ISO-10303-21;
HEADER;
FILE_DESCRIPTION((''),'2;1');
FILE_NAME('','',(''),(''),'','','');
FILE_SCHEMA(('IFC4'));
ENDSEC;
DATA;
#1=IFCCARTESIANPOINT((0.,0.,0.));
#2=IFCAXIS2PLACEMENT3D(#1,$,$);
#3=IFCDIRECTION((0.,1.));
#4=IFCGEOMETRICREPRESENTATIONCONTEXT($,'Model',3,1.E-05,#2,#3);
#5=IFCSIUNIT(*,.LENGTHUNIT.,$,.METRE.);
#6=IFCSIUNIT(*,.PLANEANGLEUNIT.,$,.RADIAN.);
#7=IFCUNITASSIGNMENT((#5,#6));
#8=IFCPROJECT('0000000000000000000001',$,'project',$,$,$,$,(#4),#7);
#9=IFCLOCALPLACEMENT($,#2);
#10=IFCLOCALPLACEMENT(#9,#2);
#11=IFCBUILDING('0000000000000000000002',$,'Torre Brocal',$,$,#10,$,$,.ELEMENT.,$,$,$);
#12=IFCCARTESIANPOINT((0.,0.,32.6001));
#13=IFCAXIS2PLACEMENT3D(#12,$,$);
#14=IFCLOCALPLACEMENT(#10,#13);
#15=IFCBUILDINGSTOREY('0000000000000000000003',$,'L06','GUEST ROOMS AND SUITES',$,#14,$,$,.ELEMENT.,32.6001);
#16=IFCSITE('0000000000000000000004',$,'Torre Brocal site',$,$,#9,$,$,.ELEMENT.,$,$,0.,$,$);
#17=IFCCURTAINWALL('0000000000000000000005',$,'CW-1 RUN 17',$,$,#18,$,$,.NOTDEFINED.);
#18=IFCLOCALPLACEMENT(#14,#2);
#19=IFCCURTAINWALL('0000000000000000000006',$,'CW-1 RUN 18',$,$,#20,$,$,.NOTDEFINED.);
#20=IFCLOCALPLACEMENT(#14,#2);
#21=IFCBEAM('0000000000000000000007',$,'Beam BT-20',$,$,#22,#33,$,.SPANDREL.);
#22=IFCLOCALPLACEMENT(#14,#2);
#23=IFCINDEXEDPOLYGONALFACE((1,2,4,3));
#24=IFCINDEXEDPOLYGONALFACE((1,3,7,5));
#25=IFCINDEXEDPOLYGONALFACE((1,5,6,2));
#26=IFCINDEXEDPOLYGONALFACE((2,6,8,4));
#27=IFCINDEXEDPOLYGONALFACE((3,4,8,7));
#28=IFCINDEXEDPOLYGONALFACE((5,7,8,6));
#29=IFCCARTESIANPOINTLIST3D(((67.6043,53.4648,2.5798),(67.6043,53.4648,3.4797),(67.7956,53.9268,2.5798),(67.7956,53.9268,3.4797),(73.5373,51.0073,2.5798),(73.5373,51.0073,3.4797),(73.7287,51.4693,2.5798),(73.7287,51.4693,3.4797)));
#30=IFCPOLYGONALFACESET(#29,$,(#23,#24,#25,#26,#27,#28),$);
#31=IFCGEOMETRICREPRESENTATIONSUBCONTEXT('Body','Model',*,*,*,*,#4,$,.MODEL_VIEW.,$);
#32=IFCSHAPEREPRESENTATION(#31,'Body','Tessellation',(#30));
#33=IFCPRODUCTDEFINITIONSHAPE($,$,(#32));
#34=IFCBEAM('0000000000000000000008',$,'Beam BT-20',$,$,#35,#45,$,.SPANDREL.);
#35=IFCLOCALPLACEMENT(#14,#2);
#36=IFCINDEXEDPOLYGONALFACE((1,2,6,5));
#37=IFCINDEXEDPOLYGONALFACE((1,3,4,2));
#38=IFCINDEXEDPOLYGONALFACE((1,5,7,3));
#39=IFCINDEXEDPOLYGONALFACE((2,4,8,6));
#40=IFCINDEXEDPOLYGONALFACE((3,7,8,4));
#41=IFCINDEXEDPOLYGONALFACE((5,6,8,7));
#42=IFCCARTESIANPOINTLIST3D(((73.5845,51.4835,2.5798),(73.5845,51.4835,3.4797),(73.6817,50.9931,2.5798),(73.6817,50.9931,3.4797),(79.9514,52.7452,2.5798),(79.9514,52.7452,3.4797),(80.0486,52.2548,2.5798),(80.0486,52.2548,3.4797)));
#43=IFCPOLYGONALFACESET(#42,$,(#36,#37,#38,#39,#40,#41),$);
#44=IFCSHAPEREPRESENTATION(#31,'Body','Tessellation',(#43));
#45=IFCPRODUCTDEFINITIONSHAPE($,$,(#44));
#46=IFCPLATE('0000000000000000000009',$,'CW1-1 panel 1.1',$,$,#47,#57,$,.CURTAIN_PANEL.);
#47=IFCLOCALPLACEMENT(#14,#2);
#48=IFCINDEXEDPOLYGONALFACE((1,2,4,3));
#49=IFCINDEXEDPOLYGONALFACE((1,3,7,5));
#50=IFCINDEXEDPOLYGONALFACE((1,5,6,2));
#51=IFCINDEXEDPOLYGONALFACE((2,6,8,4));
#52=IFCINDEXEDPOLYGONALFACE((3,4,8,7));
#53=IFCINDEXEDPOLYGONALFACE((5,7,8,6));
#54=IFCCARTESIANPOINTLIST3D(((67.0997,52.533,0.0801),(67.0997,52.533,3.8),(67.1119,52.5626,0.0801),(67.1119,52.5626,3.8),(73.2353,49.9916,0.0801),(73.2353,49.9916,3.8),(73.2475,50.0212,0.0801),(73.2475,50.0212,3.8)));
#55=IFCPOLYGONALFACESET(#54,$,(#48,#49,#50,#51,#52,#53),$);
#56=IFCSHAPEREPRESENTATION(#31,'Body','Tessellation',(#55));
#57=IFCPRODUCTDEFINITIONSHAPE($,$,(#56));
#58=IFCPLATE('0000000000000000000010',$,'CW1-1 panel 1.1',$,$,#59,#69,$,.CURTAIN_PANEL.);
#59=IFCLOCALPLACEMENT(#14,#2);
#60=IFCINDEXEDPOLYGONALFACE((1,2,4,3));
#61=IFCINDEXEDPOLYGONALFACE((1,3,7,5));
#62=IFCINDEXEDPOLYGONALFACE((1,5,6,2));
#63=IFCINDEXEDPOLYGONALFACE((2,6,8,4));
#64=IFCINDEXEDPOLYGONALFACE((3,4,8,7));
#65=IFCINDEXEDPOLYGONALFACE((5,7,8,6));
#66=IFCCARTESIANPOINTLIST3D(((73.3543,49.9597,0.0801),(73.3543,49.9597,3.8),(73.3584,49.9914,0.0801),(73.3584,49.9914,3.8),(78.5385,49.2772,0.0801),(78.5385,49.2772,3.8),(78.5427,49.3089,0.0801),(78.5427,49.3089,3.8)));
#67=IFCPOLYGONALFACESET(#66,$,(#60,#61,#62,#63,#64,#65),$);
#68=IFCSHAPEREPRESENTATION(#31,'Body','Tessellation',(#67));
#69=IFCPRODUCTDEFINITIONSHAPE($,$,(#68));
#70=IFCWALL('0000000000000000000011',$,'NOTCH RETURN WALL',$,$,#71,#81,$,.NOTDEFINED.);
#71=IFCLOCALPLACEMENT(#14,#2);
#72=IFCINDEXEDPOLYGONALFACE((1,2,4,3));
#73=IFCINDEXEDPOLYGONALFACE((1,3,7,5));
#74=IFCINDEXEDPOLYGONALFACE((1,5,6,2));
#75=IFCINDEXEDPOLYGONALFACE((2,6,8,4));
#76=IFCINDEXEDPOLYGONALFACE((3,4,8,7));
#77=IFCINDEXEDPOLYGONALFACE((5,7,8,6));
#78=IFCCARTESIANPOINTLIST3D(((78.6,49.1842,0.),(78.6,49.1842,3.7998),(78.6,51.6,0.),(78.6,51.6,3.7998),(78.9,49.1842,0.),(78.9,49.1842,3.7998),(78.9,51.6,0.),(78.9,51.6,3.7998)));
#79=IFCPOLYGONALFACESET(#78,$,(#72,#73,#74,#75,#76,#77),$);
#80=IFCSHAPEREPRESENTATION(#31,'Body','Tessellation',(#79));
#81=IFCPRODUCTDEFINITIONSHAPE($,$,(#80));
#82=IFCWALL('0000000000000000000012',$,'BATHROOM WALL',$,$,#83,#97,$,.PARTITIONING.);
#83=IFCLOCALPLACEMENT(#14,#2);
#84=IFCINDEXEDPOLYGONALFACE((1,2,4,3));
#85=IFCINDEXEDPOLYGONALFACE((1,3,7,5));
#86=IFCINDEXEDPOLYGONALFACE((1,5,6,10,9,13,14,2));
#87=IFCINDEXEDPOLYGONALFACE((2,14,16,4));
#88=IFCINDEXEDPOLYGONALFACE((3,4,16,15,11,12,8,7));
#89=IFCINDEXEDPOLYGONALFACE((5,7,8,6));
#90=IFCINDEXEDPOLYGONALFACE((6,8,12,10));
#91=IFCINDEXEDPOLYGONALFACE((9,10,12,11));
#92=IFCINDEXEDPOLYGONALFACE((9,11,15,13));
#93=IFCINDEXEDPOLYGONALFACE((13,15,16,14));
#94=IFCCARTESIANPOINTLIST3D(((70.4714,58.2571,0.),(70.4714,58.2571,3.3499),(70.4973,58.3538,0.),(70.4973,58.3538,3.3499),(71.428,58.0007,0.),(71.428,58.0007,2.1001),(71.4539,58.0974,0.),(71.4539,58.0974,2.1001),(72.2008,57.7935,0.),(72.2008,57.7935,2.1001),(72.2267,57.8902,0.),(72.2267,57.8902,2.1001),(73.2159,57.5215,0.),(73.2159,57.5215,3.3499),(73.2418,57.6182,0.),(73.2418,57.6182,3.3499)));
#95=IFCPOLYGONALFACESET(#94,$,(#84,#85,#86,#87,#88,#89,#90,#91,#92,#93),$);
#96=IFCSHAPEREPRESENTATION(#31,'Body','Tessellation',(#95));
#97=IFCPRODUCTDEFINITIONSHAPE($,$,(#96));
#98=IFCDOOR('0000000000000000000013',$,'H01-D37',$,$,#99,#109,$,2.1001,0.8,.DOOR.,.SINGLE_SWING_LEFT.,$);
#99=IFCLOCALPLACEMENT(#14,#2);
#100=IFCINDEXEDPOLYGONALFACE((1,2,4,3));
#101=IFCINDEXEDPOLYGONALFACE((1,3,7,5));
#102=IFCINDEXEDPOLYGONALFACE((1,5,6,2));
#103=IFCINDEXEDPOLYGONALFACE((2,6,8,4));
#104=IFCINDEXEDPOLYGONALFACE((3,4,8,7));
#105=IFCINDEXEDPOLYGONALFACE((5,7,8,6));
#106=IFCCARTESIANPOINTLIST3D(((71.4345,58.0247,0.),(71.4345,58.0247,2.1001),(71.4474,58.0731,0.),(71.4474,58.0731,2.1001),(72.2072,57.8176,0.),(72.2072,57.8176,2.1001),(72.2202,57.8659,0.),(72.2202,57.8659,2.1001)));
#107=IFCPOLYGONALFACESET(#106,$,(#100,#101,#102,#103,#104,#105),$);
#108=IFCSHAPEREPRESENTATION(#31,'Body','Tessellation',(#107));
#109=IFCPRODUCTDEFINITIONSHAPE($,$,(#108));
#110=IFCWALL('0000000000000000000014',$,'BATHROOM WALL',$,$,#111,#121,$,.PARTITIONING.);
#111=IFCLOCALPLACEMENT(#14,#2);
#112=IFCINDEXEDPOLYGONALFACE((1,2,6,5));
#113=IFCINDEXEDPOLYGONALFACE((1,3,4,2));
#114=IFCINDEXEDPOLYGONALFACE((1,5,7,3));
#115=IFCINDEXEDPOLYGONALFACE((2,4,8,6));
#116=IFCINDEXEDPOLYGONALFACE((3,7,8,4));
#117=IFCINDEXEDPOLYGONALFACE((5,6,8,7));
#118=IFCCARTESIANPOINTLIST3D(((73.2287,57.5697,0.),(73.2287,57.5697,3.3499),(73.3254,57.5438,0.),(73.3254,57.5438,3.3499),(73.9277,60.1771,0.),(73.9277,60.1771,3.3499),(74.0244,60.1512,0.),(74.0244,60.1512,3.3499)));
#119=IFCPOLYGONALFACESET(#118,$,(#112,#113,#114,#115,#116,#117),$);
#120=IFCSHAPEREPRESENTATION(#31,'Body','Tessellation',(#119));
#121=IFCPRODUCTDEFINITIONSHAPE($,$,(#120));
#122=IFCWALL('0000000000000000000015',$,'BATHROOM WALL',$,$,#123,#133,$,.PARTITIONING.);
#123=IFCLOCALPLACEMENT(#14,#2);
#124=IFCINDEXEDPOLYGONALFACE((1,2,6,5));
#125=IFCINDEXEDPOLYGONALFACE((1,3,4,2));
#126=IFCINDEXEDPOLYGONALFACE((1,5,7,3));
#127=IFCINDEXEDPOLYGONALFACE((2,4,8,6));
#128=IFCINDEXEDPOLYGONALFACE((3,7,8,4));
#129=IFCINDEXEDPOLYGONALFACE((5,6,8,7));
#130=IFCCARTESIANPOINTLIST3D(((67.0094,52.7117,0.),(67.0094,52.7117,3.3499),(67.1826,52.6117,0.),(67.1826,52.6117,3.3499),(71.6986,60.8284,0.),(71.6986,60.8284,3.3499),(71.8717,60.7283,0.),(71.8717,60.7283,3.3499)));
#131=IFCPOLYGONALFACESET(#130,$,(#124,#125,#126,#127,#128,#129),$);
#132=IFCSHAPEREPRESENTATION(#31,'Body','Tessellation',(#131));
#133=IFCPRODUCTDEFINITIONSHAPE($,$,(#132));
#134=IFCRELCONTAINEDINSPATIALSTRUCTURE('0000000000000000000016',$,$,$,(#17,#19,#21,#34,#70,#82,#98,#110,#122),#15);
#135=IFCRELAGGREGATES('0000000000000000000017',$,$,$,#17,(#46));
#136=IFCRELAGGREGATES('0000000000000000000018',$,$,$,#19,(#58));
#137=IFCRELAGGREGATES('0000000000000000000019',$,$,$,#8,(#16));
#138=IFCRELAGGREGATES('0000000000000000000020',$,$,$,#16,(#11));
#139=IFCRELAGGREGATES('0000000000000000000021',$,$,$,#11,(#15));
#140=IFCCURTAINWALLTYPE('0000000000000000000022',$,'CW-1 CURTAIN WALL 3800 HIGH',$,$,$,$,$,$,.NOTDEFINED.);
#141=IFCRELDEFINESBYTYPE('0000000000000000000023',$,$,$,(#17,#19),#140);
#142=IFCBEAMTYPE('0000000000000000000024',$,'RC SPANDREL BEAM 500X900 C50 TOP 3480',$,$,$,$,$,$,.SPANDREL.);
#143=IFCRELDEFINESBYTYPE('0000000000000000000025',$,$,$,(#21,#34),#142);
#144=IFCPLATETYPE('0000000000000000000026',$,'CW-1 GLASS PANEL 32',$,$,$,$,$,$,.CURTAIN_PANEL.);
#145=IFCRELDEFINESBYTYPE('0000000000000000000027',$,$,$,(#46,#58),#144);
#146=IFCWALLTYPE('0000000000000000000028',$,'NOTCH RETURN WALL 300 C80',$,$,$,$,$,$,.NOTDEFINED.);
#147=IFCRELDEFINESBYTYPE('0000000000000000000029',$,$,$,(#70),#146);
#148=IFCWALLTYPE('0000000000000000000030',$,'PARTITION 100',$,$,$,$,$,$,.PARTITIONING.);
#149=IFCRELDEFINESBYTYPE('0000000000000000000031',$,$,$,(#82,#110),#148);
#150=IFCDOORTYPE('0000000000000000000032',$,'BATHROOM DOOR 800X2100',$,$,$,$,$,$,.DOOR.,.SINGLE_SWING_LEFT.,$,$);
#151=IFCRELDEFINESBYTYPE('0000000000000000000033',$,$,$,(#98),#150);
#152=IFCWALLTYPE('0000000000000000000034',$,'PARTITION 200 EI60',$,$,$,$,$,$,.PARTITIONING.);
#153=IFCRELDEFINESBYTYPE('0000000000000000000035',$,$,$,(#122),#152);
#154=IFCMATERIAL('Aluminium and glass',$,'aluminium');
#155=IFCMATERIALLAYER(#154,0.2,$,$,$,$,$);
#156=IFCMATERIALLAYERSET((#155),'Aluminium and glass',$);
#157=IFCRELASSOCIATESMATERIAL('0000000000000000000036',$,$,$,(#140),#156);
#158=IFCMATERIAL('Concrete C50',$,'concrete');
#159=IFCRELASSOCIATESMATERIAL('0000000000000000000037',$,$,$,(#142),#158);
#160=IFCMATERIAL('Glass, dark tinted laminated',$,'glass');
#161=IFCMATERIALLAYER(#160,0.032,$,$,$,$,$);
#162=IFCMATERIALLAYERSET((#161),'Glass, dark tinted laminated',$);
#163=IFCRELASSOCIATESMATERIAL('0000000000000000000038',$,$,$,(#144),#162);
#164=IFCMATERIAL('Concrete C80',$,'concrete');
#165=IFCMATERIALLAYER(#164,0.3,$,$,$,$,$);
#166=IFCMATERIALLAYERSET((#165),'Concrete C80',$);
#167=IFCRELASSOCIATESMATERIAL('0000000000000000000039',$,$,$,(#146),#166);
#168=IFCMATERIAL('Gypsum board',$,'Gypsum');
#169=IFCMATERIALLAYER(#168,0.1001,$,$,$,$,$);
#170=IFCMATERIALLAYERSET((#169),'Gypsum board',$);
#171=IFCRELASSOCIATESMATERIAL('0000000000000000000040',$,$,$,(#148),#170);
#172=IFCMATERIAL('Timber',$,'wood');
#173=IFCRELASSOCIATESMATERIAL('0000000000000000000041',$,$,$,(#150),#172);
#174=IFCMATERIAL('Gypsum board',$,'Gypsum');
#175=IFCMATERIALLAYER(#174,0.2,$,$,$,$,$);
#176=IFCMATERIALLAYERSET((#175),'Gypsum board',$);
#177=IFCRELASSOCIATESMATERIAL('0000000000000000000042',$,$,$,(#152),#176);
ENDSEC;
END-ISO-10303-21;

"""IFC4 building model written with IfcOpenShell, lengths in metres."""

from ifc_helpers import new_model, si_unit, direction, frame, frame_2d, origin, origin_2d, place, context, subcontext, project, spatial, rectangle, extrude, material, layer, layer_set, material_profile, profile_set, type_object, element, fill, aggregate, save


model = new_model("IFC4")

# Units and contexts
model_context = context("Model", 3, precision=1e-05, world=origin(), true_north=direction((0.0, 1.0)))
body_context = subcontext(model_context, "Body", "Model", "MODEL_VIEW")
ifc_project = project(units=[si_unit("LENGTHUNIT", "METRE"), si_unit("PLANEANGLEUNIT", "RADIAN")], contexts=[model_context])

# Site, building, storey
site_placement = place(None, origin())
site = spatial("IfcSite", under=ifc_project, at=site_placement, Name="Torre Brocal site", CompositionType="ELEMENT", RefElevation=0.0)
building_placement = place(site_placement, origin())
building = spatial("IfcBuilding", under=site, at=building_placement, Name="Torre Brocal", CompositionType="ELEMENT")
storey_placement = place(building_placement, frame((0.0, 0.0, 32.6001)))
storey = spatial("IfcBuildingStorey", under=building, at=storey_placement, Name="L06", Description="GUEST ROOMS AND SUITES", CompositionType="ELEMENT", Elevation=32.6001)

# Shared definitions
ifc_material_1 = material(Name="Aluminium and glass", Category="aluminium")
ifc_layer_1 = layer(ifc_material_1, 0.2)
ifc_layer_set_1 = layer_set([ifc_layer_1], Name="Aluminium and glass")
curtain_wall_type = type_object("IfcCurtainWallType", Name="CW-1 CURTAIN WALL 3800 HIGH", PredefinedType="NOTDEFINED", material=ifc_layer_set_1)

# Curtain walls
curtain_wall_1_placement = place(storey_placement, origin())
curtain_wall_1 = element("IfcCurtainWall", 1, at=curtain_wall_1_placement, inside=storey, type_object=curtain_wall_type, Name="CW-1 RUN 17", PredefinedType="NOTDEFINED")
curtain_wall_2_placement = place(storey_placement, origin())
curtain_wall_2 = element("IfcCurtainWall", 2, at=curtain_wall_2_placement, inside=storey, type_object=curtain_wall_type, Name="CW-1 RUN 18", PredefinedType="NOTDEFINED")

# Beams
ifc_material_2 = material(Name="Concrete C50", Category="concrete")
ifc_material_profile_1 = material_profile(ifc_material_2, rectangle(XDim=0.5, YDim=0.8999, at=origin_2d()), Name="RC 500X900")
ifc_profile_set_1 = profile_set([ifc_material_profile_1], Name="Concrete C50")
beam_type_1 = type_object("IfcBeamType", Name="RC SPANDREL BEAM 500X900 C50 TOP 3480", PredefinedType="SPANDREL", material=ifc_profile_set_1)
beam_1_placement = place(storey_placement, frame((67.7, 53.6958, 3.0298), z_axis=(0.923882, -0.382676, 0.0), x_axis=(0.382676, 0.923882, 0.0)))
element("IfcBeam", 3, at=beam_1_placement, inside=storey, type_object=beam_type_1, Name="Beam BT-20", PredefinedType="SPANDREL", context=body_context, shape_type="SweptSolid", body=[
    extrude(rectangle(XDim=0.5, YDim=0.8999, at=origin_2d()), origin(), (0.0, 0.0, 1.0), 6.4219),
])
beam_2_placement = place(storey_placement, frame((73.6331, 51.2383, 3.0298), z_axis=(0.980925, 0.194387, 0.0), x_axis=(-0.194387, 0.980925, 0.0)))
element("IfcBeam", 4, at=beam_2_placement, inside=storey, type_object=beam_type_1, Name="Beam BT-20", PredefinedType="SPANDREL", context=body_context, shape_type="SweptSolid", body=[
    extrude(rectangle(XDim=0.5, YDim=0.8999, at=origin_2d()), origin(), (0.0, 0.0, 1.0), 6.4907),
])

# Plates
ifc_material_3 = material(Name="Glass, dark tinted laminated", Category="glass")
ifc_layer_2 = layer(ifc_material_3, 0.032)
ifc_layer_set_2 = layer_set([ifc_layer_2], Name="Glass, dark tinted laminated")
plate_type = type_object("IfcPlateType", Name="CW-1 GLASS PANEL 32", PredefinedType="CURTAIN_PANEL", material=ifc_layer_set_2)
plate_1_placement = place(storey_placement, frame((70.1736, 51.2771, 0.0801), z_axis=(0.0, 0.0, 1.0), x_axis=(0.92388, -0.382683, 0.0)))
plate_1 = element("IfcPlate", 5, at=plate_1_placement, type_object=plate_type, Name="CW1-1 panel 1.1", PredefinedType="CURTAIN_PANEL", context=body_context, shape_type="SweptSolid", body=[
    extrude(rectangle(XDim=6.6411, YDim=0.032, at=origin_2d()), origin(), (0.0, 0.0, 1.0), 3.72),
])
aggregate(curtain_wall_1, [plate_1])
plate_2_placement = place(storey_placement, frame((75.9485, 49.6343, 0.0801), z_axis=(0.0, 0.0, 1.0), x_axis=(0.991445, -0.130526, 0.0)))
plate_2 = element("IfcPlate", 6, at=plate_2_placement, type_object=plate_type, Name="CW1-1 panel 1.1", PredefinedType="CURTAIN_PANEL", context=body_context, shape_type="SweptSolid", body=[
    extrude(rectangle(XDim=5.229, YDim=0.032, at=origin_2d()), origin(), (0.0, 0.0, 1.0), 3.72),
])
aggregate(curtain_wall_2, [plate_2])

# Wall
ifc_material_4 = material(Name="Concrete C80", Category="concrete")
ifc_layer_3 = layer(ifc_material_4, 0.3)
ifc_layer_set_3 = layer_set([ifc_layer_3], Name="Concrete C80")
wall_type_1 = type_object("IfcWallType", Name="NOTCH RETURN WALL 300 C80", PredefinedType="NOTDEFINED", material=ifc_layer_set_3)
wall_1_placement = place(storey_placement, frame((78.75, 51.6001, 0.0), z_axis=(0.0, 0.0, 1.0), x_axis=(0.0, -1.0, 0.0)))
element("IfcWall", 7, at=wall_1_placement, inside=storey, type_object=wall_type_1, Name="NOTCH RETURN WALL", PredefinedType="NOTDEFINED", context=body_context, shape_type="SweptSolid", body=[
    extrude(rectangle(XDim=2.4158, YDim=0.3, at=frame_2d((1.208, 0.0))), origin(), (0.0, 0.0, 1.0), 3.7998),
])

# Wall, opening, door
ifc_material_5 = material(Name="Gypsum board", Category="Gypsum")
ifc_layer_4 = layer(ifc_material_5, 0.1001)
ifc_layer_set_4 = layer_set([ifc_layer_4], Name="Gypsum board")
wall_type_2 = type_object("IfcWallType", Name="PARTITION 100", PredefinedType="PARTITIONING", material=ifc_layer_set_4)
wall_2_placement = place(storey_placement, frame((70.4844, 58.3054, 0.0), z_axis=(0.0, 0.0, 1.0), x_axis=(0.965905, -0.258898, 0.0)))
wall_2 = element("IfcWall", 8, at=wall_2_placement, inside=storey, type_object=wall_type_2, Name="BATHROOM WALL", PredefinedType="PARTITIONING", context=body_context, shape_type="SweptSolid", body=[
    extrude(rectangle(XDim=2.8413, YDim=0.1001, at=frame_2d((1.4207, 0.0))), origin(), (0.0, 0.0, 1.0), 3.3499),
])
opening_1_placement = place(wall_2_placement, frame((0.9905, 0.0, 0.0)))
opening_1 = element("IfcOpeningElement", 9, at=opening_1_placement, cuts=wall_2, PredefinedType="OPENING", context=body_context, shape_type="SweptSolid", body=[
    extrude(rectangle(XDim=0.8, YDim=2.1001, at=frame_2d((0.3999, 1.05))), frame((0.0, 0.0601, 0.0), z_axis=(0.0, -1.0, 0.0), x_axis=(1.0, 0.0, 0.0)), (0.0, 0.0, 1.0), 0.1201),
])
ifc_material_6 = material(Name="Timber", Category="wood")
door_type_1 = type_object("IfcDoorType", Name="BATHROOM DOOR 800X2100", OperationType="SINGLE_SWING_LEFT", PredefinedType="DOOR", material=ifc_material_6)
door_1_placement = place(opening_1_placement, origin())
door_1 = element("IfcDoor", 10, at=door_1_placement, inside=storey, type_object=door_type_1, Name="H01-D37", OperationType="SINGLE_SWING_LEFT", OverallHeight=2.1001, OverallWidth=0.8, PredefinedType="DOOR", context=body_context, shape_type="SweptSolid", body=[
    extrude(rectangle(XDim=0.8, YDim=2.1001, at=frame_2d((0.3999, 1.05))), frame((0.0, 0.0249, 0.0), z_axis=(0.0, -1.0, 0.0), x_axis=(1.0, 0.0, 0.0)), (0.0, 0.0, 1.0), 0.05),
])
fill(opening_1, door_1)

# Walls
wall_3_placement = place(storey_placement, frame((73.2771, 57.5569, 0.0), z_axis=(0.0, 0.0, 1.0), x_axis=(0.258929, 0.965896, 0.0)))
element("IfcWall", 11, at=wall_3_placement, inside=storey, type_object=wall_type_2, Name="BATHROOM WALL", PredefinedType="PARTITIONING", context=body_context, shape_type="SweptSolid", body=[
    extrude(rectangle(XDim=2.6995, YDim=0.1001, at=frame_2d((1.3496, 0.0))), origin(), (0.0, 0.0, 1.0), 3.3499),
])
ifc_material_7 = material(Name="Gypsum board", Category="Gypsum")
ifc_layer_5 = layer(ifc_material_7, 0.2)
ifc_layer_set_5 = layer_set([ifc_layer_5], Name="Gypsum board")
wall_type_3 = type_object("IfcWallType", Name="PARTITION 200 EI60", PredefinedType="PARTITIONING", material=ifc_layer_set_5)
wall_4_placement = place(storey_placement, frame((67.0959, 52.6616, 0.0), z_axis=(0.0, 0.0, 1.0), x_axis=(0.500242, 0.865885, 0.0)))
element("IfcWall", 12, at=wall_4_placement, inside=storey, type_object=wall_type_3, Name="BATHROOM WALL", PredefinedType="PARTITIONING", context=body_context, shape_type="SweptSolid", body=[
    extrude(rectangle(XDim=9.3738, YDim=0.2, at=frame_2d((4.687, 0.0))), origin(), (0.0, 0.0, 1.0), 3.3499),
])

save(model, "model.ifc")
